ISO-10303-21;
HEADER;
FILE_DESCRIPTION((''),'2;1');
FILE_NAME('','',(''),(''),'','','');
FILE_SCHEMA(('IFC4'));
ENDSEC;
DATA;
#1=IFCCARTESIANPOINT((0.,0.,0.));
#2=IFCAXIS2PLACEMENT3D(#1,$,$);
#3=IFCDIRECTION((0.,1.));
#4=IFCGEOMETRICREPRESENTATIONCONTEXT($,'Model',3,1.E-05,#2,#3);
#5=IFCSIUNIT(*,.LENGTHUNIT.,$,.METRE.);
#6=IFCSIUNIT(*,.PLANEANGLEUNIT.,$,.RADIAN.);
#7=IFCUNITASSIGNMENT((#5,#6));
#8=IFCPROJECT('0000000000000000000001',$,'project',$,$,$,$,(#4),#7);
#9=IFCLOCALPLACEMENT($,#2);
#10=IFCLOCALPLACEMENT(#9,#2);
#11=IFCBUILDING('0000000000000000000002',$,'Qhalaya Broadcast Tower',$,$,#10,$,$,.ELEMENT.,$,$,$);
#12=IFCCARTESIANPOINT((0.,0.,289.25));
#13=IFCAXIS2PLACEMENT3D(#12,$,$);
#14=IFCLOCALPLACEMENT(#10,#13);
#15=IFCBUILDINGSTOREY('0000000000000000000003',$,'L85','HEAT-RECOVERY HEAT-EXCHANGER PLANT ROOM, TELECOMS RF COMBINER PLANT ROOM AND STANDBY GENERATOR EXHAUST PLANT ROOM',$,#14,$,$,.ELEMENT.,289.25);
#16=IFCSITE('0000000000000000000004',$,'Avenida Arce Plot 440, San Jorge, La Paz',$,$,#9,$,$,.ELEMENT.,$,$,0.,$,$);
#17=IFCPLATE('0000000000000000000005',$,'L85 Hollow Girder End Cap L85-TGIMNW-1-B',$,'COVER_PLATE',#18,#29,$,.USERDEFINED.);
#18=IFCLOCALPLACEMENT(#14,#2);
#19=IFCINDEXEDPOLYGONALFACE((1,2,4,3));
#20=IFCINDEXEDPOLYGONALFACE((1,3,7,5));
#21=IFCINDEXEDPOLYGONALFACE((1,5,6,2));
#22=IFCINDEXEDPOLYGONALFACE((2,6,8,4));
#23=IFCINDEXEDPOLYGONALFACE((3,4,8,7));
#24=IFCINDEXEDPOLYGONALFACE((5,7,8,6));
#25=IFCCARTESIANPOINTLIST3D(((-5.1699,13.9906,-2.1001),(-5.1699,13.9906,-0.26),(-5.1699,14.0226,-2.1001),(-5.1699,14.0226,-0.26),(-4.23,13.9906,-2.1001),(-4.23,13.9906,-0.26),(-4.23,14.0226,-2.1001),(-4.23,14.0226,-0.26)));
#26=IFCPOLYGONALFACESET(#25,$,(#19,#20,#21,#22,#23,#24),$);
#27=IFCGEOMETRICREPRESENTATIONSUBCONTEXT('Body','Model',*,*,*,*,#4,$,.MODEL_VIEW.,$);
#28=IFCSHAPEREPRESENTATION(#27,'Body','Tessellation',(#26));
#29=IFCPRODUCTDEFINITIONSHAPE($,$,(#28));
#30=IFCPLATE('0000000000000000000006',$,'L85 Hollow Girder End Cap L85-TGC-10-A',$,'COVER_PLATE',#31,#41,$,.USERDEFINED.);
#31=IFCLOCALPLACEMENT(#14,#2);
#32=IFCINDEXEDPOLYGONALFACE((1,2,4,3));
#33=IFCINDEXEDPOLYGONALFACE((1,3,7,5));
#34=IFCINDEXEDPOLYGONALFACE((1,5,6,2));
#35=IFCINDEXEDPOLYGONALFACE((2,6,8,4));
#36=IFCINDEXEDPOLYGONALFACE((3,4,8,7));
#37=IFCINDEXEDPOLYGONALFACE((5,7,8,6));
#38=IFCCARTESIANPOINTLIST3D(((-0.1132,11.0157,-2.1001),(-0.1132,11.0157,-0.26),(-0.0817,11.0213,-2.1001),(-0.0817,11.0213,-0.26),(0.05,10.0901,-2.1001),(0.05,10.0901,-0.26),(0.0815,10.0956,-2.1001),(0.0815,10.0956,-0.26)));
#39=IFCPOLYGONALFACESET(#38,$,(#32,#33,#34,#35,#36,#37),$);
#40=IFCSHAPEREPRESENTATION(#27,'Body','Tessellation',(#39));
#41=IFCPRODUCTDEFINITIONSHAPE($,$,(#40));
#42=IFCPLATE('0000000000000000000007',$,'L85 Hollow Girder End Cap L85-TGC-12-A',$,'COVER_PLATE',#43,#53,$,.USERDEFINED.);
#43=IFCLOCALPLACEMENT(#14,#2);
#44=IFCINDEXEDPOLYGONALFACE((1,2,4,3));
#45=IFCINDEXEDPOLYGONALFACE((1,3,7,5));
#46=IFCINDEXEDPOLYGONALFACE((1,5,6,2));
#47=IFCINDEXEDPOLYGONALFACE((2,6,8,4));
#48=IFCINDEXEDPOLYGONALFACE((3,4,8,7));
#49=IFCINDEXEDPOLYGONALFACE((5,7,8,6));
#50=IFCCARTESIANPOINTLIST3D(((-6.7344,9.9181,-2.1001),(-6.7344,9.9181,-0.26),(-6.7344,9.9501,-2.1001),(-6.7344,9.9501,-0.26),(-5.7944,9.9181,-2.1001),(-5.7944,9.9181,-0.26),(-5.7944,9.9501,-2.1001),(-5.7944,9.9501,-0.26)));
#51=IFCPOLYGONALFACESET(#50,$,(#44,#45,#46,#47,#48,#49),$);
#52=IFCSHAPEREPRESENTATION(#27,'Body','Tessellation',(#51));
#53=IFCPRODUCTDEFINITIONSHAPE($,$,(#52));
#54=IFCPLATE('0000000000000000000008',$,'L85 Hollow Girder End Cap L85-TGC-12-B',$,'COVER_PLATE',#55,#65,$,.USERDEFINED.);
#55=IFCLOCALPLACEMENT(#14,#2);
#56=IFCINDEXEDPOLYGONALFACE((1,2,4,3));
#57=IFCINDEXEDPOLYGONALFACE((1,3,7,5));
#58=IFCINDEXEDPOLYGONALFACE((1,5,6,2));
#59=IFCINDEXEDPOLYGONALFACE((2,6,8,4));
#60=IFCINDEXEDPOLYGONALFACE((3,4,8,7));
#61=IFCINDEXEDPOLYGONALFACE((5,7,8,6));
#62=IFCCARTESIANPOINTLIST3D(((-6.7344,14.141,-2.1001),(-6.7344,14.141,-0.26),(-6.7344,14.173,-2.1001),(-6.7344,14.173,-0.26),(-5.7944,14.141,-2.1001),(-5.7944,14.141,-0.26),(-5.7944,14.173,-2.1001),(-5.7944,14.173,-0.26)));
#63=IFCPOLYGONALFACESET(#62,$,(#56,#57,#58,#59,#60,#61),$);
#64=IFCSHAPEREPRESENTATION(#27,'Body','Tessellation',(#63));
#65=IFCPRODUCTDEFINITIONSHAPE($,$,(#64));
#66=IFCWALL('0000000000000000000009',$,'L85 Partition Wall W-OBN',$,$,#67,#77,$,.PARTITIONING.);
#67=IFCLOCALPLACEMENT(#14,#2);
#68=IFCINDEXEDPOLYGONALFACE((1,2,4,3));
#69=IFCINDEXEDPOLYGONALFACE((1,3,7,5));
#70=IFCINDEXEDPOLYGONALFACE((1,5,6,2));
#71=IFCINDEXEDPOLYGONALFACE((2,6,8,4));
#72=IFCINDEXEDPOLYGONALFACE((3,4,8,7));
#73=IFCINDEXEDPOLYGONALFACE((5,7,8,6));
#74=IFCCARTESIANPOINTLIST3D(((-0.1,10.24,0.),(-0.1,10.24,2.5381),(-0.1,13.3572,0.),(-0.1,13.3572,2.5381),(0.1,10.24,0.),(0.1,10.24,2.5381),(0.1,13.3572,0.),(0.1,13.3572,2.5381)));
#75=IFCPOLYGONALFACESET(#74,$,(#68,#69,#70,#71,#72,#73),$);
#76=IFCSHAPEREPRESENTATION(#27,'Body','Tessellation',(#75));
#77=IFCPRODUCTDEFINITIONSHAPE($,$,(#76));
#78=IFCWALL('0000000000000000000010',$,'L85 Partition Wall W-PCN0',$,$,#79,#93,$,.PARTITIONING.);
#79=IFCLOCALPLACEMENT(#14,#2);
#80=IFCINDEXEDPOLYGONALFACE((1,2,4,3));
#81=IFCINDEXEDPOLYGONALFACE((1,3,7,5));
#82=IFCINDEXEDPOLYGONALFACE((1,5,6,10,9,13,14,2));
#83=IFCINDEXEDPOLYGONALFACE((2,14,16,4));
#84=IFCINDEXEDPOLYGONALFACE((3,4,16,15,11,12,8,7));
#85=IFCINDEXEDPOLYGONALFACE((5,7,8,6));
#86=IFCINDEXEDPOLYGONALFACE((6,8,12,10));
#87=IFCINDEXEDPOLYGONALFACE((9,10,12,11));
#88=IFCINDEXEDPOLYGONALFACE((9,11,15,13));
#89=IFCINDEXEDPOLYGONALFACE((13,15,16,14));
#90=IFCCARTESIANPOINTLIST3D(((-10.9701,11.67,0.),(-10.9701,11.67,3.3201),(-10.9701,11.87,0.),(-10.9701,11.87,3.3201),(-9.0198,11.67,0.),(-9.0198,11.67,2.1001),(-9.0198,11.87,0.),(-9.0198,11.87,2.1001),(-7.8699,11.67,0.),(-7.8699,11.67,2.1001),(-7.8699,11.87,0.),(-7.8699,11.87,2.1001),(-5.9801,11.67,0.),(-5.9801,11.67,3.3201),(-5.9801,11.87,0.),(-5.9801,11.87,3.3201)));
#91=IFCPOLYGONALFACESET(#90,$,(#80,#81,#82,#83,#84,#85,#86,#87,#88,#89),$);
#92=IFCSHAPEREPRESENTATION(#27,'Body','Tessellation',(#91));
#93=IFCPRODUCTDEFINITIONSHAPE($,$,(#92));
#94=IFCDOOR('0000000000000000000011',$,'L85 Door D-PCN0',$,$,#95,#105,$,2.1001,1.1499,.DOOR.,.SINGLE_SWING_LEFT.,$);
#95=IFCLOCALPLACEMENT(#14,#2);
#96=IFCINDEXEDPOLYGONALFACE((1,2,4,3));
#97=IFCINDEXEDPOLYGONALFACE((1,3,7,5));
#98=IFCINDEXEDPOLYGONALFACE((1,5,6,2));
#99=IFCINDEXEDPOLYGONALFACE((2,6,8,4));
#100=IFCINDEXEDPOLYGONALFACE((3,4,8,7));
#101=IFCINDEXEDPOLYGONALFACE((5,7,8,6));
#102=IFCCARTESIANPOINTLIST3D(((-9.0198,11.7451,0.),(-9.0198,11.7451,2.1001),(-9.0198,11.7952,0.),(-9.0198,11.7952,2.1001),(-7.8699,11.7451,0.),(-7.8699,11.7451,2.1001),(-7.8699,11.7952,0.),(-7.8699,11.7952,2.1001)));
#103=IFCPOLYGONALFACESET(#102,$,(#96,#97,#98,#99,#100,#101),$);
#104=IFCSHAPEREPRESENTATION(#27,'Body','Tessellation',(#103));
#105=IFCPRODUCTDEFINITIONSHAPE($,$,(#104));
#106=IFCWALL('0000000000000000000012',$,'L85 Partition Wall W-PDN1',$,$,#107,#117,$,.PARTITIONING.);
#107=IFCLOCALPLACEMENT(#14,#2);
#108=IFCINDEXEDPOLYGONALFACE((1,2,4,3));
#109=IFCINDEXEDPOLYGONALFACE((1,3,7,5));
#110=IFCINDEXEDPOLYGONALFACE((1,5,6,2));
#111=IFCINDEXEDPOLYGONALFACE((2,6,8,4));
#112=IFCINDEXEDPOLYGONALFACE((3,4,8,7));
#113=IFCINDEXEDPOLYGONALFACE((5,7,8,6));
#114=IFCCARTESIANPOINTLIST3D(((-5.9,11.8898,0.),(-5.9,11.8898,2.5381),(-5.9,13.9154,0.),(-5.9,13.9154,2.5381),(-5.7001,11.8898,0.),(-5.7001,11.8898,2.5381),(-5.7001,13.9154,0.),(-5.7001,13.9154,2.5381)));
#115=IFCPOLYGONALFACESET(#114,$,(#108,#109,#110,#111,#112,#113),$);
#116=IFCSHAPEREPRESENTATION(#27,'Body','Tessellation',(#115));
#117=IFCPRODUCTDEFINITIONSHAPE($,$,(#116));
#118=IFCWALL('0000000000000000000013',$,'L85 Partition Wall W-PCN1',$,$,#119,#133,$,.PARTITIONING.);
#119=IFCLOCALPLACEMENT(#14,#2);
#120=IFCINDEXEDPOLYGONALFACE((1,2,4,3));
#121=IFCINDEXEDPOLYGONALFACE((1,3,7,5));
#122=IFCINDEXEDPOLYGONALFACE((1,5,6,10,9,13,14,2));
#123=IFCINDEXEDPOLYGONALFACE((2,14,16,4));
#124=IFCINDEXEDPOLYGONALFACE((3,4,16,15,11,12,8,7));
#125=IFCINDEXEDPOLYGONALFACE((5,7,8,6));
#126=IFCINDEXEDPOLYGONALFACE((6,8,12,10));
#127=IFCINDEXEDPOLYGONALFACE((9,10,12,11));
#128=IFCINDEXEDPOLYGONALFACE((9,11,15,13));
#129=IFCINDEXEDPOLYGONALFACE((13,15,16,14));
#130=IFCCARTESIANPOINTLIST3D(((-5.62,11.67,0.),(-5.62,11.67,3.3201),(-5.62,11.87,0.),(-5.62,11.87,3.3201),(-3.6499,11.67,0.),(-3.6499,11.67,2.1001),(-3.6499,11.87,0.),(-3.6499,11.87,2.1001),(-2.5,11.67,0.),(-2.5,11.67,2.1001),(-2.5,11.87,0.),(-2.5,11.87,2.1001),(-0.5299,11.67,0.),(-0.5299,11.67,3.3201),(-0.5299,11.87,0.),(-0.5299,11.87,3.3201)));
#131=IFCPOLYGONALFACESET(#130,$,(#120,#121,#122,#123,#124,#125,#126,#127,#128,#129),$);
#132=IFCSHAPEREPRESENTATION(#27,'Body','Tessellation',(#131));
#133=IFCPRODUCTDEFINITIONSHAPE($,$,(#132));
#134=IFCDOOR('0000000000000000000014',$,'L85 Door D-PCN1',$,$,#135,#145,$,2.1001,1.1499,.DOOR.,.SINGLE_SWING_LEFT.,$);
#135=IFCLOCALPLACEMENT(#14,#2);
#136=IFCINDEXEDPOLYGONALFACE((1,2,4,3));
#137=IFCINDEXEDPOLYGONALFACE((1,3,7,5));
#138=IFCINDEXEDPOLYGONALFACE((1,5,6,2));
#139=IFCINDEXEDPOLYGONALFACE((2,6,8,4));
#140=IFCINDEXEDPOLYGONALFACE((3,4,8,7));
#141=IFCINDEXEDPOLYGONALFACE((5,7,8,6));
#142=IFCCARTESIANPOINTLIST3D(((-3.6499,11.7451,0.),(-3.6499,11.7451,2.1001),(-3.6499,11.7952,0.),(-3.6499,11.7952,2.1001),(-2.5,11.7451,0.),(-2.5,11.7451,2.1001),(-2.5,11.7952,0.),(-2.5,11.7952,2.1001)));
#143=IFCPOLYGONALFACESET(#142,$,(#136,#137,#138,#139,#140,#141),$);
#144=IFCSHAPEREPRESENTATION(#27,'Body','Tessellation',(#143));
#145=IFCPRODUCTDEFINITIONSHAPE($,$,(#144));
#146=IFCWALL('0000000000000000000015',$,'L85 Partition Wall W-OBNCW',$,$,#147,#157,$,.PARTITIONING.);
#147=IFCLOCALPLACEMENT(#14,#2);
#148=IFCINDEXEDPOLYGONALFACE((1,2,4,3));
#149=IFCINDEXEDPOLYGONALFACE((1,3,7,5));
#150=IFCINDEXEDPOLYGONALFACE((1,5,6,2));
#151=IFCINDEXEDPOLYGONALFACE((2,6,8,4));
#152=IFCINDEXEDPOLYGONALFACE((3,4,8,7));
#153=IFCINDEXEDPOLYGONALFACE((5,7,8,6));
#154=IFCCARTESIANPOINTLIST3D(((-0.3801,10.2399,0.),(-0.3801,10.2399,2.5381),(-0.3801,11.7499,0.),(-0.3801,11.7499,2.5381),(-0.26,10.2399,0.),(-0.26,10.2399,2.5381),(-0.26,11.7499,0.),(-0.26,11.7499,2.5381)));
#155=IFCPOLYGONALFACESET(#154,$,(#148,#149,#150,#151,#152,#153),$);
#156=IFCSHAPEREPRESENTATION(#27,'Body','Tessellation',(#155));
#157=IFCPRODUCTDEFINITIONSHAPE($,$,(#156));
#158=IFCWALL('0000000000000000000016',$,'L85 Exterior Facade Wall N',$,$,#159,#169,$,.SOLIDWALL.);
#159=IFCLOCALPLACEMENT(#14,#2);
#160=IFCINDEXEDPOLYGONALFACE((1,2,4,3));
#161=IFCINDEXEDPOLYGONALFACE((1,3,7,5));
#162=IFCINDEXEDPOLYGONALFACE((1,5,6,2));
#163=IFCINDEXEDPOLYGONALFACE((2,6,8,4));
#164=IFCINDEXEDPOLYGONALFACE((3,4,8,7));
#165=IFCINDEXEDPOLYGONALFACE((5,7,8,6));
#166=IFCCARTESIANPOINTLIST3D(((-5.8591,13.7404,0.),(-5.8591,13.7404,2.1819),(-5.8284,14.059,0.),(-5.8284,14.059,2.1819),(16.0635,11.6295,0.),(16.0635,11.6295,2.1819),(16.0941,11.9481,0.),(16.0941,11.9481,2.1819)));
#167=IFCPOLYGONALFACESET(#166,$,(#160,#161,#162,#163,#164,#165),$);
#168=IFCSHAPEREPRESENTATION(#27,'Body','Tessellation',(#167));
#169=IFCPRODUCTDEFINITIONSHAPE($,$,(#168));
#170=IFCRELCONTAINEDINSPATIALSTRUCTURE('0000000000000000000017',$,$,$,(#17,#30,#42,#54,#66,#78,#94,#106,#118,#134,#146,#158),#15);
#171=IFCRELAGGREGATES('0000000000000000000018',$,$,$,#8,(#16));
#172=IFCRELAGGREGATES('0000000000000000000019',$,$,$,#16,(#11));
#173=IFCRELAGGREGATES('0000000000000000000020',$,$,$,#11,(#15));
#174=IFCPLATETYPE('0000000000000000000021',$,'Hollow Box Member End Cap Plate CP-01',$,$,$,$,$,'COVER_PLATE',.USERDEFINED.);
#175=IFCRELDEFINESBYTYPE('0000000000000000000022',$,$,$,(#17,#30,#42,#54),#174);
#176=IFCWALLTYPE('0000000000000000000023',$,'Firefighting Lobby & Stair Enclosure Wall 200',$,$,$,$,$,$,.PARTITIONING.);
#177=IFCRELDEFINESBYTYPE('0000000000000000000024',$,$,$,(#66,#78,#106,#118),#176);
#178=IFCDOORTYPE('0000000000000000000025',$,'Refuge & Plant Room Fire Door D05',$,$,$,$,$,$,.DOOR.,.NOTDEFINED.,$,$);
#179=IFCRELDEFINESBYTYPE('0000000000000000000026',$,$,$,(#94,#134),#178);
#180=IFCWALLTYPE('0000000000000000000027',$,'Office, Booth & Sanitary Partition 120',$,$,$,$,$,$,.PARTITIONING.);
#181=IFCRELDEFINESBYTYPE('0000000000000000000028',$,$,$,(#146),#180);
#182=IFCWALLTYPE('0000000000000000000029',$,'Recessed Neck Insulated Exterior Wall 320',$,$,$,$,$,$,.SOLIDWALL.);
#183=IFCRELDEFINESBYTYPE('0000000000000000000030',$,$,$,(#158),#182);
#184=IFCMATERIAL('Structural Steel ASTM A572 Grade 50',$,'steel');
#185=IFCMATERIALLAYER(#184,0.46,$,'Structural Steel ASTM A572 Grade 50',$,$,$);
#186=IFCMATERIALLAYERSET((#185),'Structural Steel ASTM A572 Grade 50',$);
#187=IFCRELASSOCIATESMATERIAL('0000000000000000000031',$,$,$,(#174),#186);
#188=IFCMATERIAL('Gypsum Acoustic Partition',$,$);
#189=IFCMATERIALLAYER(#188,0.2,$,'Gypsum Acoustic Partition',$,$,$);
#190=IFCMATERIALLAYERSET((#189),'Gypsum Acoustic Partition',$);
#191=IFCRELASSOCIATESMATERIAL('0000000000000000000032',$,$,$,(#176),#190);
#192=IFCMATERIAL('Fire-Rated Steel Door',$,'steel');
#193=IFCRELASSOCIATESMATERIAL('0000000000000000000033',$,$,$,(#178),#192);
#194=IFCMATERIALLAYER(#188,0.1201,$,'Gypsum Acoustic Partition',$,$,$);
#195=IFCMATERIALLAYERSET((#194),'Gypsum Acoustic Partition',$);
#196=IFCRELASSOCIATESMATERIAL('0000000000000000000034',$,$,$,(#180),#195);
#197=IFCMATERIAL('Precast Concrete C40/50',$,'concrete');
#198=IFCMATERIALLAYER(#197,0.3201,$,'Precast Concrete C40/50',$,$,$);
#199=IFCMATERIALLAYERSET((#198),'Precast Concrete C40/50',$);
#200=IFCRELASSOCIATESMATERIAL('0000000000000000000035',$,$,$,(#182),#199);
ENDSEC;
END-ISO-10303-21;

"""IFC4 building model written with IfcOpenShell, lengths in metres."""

from ifc_helpers import new_model, si_unit, direction, frame, frame_2d, origin, origin_2d, place, context, subcontext, project, spatial, rectangle, extrude, material, layer, layer_set, type_object, element, fill, save


model = new_model("IFC4")

# Units and contexts
model_context = context("Model", 3, precision=1e-05, world=origin(), true_north=direction((0.0, 1.0)))
body_context = subcontext(model_context, "Body", "Model", "MODEL_VIEW")
ifc_project = project(units=[si_unit("LENGTHUNIT", "METRE"), si_unit("PLANEANGLEUNIT", "RADIAN")], contexts=[model_context])

# Site, building, storey
site_placement = place(None, origin())
site = spatial("IfcSite", under=ifc_project, at=site_placement, Name="Avenida Arce Plot 440, San Jorge, La Paz", CompositionType="ELEMENT", RefElevation=0.0)
building_placement = place(site_placement, origin())
building = spatial("IfcBuilding", under=site, at=building_placement, Name="Qhalaya Broadcast Tower", CompositionType="ELEMENT")
storey_placement = place(building_placement, frame((0.0, 0.0, 289.25)))
storey = spatial("IfcBuildingStorey", under=building, at=storey_placement, Name="L85", Description="HEAT-RECOVERY HEAT-EXCHANGER PLANT ROOM, TELECOMS RF COMBINER PLANT ROOM AND STANDBY GENERATOR EXHAUST PLANT ROOM", CompositionType="ELEMENT", Elevation=289.25)

# Shared definitions
ifc_material_1 = material(Name="Structural Steel ASTM A572 Grade 50", Category="steel")

# Plates
ifc_layer_1 = layer(ifc_material_1, 0.46, Name="Structural Steel ASTM A572 Grade 50")
ifc_layer_set_1 = layer_set([ifc_layer_1], Name="Structural Steel ASTM A572 Grade 50")
plate_type = type_object("IfcPlateType", Name="Hollow Box Member End Cap Plate CP-01", ElementType="COVER_PLATE", PredefinedType="USERDEFINED", material=ifc_layer_set_1)
for number, where, z_axis, x_axis, name in (
    (1, (-4.7, 14.0066, -2.1001), (0.0, 0.0, 1.0), (-1.0, 0.0, 0.0), "L85 Hollow Girder End Cap L85-TGIMNW-1-B"),
    (2, (-0.0159, 10.5557, -2.1001), (0.0, 0.0, 1.0), (-0.173648, 0.984808, 0.0), "L85 Hollow Girder End Cap L85-TGC-10-A"),
    (3, (-6.2644, 9.9341, -2.1001), (0.0, 0.0, 1.0), (-1.0, 0.0, 0.0), "L85 Hollow Girder End Cap L85-TGC-12-A"),
    (4, (-6.2644, 14.157, -2.1001), (0.0, 0.0, 1.0), (-1.0, 0.0, 0.0), "L85 Hollow Girder End Cap L85-TGC-12-B"),
):
    element("IfcPlate", number, at=place(storey_placement, frame(where, z_axis=z_axis, x_axis=x_axis)), inside=storey, type_object=plate_type, Name=name, ObjectType="COVER_PLATE", PredefinedType="USERDEFINED", context=body_context, shape_type="SweptSolid", body=[
        extrude(rectangle(XDim=0.9399, YDim=0.032, at=origin_2d()), origin(), (0.0, 0.0, 1.0), 1.8401),
    ])

# Wall
ifc_material_2 = material(Name="Gypsum Acoustic Partition")
ifc_layer_2 = layer(ifc_material_2, 0.2, Name="Gypsum Acoustic Partition")
ifc_layer_set_2 = layer_set([ifc_layer_2], Name="Gypsum Acoustic Partition")
wall_type_1 = type_object("IfcWallType", Name="Firefighting Lobby & Stair Enclosure Wall 200", PredefinedType="PARTITIONING", material=ifc_layer_set_2)
wall_1_placement = place(storey_placement, frame((0.0, 10.24, 0.0), z_axis=(0.0, 0.0, 1.0), x_axis=(0.0, 1.0, 0.0)))
element("IfcWall", 5, at=wall_1_placement, inside=storey, type_object=wall_type_1, Name="L85 Partition Wall W-OBN", PredefinedType="PARTITIONING", context=body_context, shape_type="SweptSolid", body=[
    extrude(rectangle(XDim=3.1172, YDim=0.2, at=frame_2d((1.5586, 0.0))), origin(), (0.0, 0.0, 1.0), 2.5381),
])

# Wall, opening, door
wall_2_placement = place(storey_placement, frame((-5.98, 11.77, 0.0), z_axis=(0.0, 0.0, 1.0), x_axis=(-1.0, 0.0, 0.0)))
wall_2 = element("IfcWall", 6, at=wall_2_placement, inside=storey, type_object=wall_type_1, Name="L85 Partition Wall W-PCN0", PredefinedType="PARTITIONING", context=body_context, shape_type="SweptSolid", body=[
    extrude(rectangle(XDim=4.99, YDim=0.2, at=frame_2d((2.4951, 0.0))), origin(), (0.0, 0.0, 1.0), 3.3201),
])
opening_1_placement = place(wall_2_placement, frame((1.8899, 0.0, 0.0)))
opening_1 = element("IfcOpeningElement", 7, at=opening_1_placement, cuts=wall_2, PredefinedType="OPENING", context=body_context, shape_type="SweptSolid", body=[
    extrude(rectangle(XDim=1.1499, YDim=2.1001, at=frame_2d((0.575, 1.05))), frame((0.0, 0.1121, 0.0), z_axis=(0.0, -1.0, 0.0), x_axis=(1.0, 0.0, 0.0)), (0.0, 0.0, 1.0), 0.2239),
])
ifc_material_3 = material(Name="Fire-Rated Steel Door", Category="steel")
door_type = type_object("IfcDoorType", Name="Refuge & Plant Room Fire Door D05", OperationType="NOTDEFINED", PredefinedType="DOOR", material=ifc_material_3)
door_1_placement = place(opening_1_placement, origin())
door_1 = element("IfcDoor", 8, at=door_1_placement, inside=storey, type_object=door_type, Name="L85 Door D-PCN0", OperationType="SINGLE_SWING_LEFT", OverallHeight=2.1001, OverallWidth=1.1499, PredefinedType="DOOR", context=body_context, shape_type="SweptSolid", body=[
    extrude(rectangle(XDim=1.1499, YDim=2.1001, at=frame_2d((0.575, 1.05))), frame((0.0, 0.0249, 0.0), z_axis=(0.0, -1.0, 0.0), x_axis=(1.0, 0.0, 0.0)), (0.0, 0.0, 1.0), 0.05),
])
fill(opening_1, door_1)

# Wall
wall_3_placement = place(storey_placement, frame((-5.8, 11.8899, 0.0), z_axis=(0.0, 0.0, 1.0), x_axis=(0.0, 1.0, 0.0)))
element("IfcWall", 9, at=wall_3_placement, inside=storey, type_object=wall_type_1, Name="L85 Partition Wall W-PDN1", PredefinedType="PARTITIONING", context=body_context, shape_type="SweptSolid", body=[
    extrude(rectangle(XDim=2.0256, YDim=0.2, at=frame_2d((1.0127, 0.0))), origin(), (0.0, 0.0, 1.0), 2.5381),
])

# Wall, opening, door
wall_4_placement = place(storey_placement, frame((-0.53, 11.77, 0.0), z_axis=(0.0, 0.0, 1.0), x_axis=(-1.0, 0.0, 0.0)))
wall_4 = element("IfcWall", 10, at=wall_4_placement, inside=storey, type_object=wall_type_1, Name="L85 Partition Wall W-PCN1", PredefinedType="PARTITIONING", context=body_context, shape_type="SweptSolid", body=[
    extrude(rectangle(XDim=5.0901, YDim=0.2, at=frame_2d((2.5449, 0.0))), origin(), (0.0, 0.0, 1.0), 3.3201),
])
opening_2_placement = place(wall_4_placement, frame((1.97, 0.0, 0.0)))
opening_2 = element("IfcOpeningElement", 11, at=opening_2_placement, cuts=wall_4, PredefinedType="OPENING", context=body_context, shape_type="SweptSolid", body=[
    extrude(rectangle(XDim=1.1499, YDim=2.1001, at=frame_2d((0.575, 1.05))), frame((0.0, 0.1121, 0.0), z_axis=(0.0, -1.0, 0.0), x_axis=(1.0, 0.0, 0.0)), (0.0, 0.0, 1.0), 0.2239),
])
door_2_placement = place(opening_2_placement, origin())
door_2 = element("IfcDoor", 12, at=door_2_placement, inside=storey, type_object=door_type, Name="L85 Door D-PCN1", OperationType="SINGLE_SWING_LEFT", OverallHeight=2.1001, OverallWidth=1.1499, PredefinedType="DOOR", context=body_context, shape_type="SweptSolid", body=[
    extrude(rectangle(XDim=1.1499, YDim=2.1001, at=frame_2d((0.575, 1.05))), frame((0.0, 0.0249, 0.0), z_axis=(0.0, -1.0, 0.0), x_axis=(1.0, 0.0, 0.0)), (0.0, 0.0, 1.0), 0.05),
])
fill(opening_2, door_2)

# Walls
ifc_layer_3 = layer(ifc_material_2, 0.1201, Name="Gypsum Acoustic Partition")
ifc_layer_set_3 = layer_set([ifc_layer_3], Name="Gypsum Acoustic Partition")
wall_type_2 = type_object("IfcWallType", Name="Office, Booth & Sanitary Partition 120", PredefinedType="PARTITIONING", material=ifc_layer_set_3)
wall_5_placement = place(storey_placement, frame((-0.3201, 10.24, 0.0), z_axis=(0.0, 0.0, 1.0), x_axis=(0.0, 1.0, 0.0)))
element("IfcWall", 13, at=wall_5_placement, inside=storey, type_object=wall_type_2, Name="L85 Partition Wall W-OBNCW", PredefinedType="PARTITIONING", context=body_context, shape_type="SweptSolid", body=[
    extrude(rectangle(XDim=1.51, YDim=0.1201, at=frame_2d((0.7549, 0.0))), origin(), (0.0, 0.0, 1.0), 2.5381),
])
ifc_material_4 = material(Name="Precast Concrete C40/50", Category="concrete")
ifc_layer_4 = layer(ifc_material_4, 0.3201, Name="Precast Concrete C40/50")
ifc_layer_set_4 = layer_set([ifc_layer_4], Name="Precast Concrete C40/50")
wall_type_3 = type_object("IfcWallType", Name="Recessed Neck Insulated Exterior Wall 320", PredefinedType="SOLIDWALL", material=ifc_layer_set_4)
wall_6_placement = place(storey_placement, frame((-5.8438, 13.8997, 0.0), z_axis=(0.0, 0.0, 1.0), x_axis=(0.995396, -0.095843, 0.0)))
element("IfcWall", 14, at=wall_6_placement, inside=storey, type_object=wall_type_3, Name="L85 Exterior Facade Wall N", PredefinedType="SOLIDWALL", context=body_context, shape_type="SweptSolid", body=[
    extrude(rectangle(XDim=22.0239, YDim=0.3201, at=frame_2d((11.012, 0.0))), origin(), (0.0, 0.0, 1.0), 2.1819),
])

save(model, "model.ifc")
